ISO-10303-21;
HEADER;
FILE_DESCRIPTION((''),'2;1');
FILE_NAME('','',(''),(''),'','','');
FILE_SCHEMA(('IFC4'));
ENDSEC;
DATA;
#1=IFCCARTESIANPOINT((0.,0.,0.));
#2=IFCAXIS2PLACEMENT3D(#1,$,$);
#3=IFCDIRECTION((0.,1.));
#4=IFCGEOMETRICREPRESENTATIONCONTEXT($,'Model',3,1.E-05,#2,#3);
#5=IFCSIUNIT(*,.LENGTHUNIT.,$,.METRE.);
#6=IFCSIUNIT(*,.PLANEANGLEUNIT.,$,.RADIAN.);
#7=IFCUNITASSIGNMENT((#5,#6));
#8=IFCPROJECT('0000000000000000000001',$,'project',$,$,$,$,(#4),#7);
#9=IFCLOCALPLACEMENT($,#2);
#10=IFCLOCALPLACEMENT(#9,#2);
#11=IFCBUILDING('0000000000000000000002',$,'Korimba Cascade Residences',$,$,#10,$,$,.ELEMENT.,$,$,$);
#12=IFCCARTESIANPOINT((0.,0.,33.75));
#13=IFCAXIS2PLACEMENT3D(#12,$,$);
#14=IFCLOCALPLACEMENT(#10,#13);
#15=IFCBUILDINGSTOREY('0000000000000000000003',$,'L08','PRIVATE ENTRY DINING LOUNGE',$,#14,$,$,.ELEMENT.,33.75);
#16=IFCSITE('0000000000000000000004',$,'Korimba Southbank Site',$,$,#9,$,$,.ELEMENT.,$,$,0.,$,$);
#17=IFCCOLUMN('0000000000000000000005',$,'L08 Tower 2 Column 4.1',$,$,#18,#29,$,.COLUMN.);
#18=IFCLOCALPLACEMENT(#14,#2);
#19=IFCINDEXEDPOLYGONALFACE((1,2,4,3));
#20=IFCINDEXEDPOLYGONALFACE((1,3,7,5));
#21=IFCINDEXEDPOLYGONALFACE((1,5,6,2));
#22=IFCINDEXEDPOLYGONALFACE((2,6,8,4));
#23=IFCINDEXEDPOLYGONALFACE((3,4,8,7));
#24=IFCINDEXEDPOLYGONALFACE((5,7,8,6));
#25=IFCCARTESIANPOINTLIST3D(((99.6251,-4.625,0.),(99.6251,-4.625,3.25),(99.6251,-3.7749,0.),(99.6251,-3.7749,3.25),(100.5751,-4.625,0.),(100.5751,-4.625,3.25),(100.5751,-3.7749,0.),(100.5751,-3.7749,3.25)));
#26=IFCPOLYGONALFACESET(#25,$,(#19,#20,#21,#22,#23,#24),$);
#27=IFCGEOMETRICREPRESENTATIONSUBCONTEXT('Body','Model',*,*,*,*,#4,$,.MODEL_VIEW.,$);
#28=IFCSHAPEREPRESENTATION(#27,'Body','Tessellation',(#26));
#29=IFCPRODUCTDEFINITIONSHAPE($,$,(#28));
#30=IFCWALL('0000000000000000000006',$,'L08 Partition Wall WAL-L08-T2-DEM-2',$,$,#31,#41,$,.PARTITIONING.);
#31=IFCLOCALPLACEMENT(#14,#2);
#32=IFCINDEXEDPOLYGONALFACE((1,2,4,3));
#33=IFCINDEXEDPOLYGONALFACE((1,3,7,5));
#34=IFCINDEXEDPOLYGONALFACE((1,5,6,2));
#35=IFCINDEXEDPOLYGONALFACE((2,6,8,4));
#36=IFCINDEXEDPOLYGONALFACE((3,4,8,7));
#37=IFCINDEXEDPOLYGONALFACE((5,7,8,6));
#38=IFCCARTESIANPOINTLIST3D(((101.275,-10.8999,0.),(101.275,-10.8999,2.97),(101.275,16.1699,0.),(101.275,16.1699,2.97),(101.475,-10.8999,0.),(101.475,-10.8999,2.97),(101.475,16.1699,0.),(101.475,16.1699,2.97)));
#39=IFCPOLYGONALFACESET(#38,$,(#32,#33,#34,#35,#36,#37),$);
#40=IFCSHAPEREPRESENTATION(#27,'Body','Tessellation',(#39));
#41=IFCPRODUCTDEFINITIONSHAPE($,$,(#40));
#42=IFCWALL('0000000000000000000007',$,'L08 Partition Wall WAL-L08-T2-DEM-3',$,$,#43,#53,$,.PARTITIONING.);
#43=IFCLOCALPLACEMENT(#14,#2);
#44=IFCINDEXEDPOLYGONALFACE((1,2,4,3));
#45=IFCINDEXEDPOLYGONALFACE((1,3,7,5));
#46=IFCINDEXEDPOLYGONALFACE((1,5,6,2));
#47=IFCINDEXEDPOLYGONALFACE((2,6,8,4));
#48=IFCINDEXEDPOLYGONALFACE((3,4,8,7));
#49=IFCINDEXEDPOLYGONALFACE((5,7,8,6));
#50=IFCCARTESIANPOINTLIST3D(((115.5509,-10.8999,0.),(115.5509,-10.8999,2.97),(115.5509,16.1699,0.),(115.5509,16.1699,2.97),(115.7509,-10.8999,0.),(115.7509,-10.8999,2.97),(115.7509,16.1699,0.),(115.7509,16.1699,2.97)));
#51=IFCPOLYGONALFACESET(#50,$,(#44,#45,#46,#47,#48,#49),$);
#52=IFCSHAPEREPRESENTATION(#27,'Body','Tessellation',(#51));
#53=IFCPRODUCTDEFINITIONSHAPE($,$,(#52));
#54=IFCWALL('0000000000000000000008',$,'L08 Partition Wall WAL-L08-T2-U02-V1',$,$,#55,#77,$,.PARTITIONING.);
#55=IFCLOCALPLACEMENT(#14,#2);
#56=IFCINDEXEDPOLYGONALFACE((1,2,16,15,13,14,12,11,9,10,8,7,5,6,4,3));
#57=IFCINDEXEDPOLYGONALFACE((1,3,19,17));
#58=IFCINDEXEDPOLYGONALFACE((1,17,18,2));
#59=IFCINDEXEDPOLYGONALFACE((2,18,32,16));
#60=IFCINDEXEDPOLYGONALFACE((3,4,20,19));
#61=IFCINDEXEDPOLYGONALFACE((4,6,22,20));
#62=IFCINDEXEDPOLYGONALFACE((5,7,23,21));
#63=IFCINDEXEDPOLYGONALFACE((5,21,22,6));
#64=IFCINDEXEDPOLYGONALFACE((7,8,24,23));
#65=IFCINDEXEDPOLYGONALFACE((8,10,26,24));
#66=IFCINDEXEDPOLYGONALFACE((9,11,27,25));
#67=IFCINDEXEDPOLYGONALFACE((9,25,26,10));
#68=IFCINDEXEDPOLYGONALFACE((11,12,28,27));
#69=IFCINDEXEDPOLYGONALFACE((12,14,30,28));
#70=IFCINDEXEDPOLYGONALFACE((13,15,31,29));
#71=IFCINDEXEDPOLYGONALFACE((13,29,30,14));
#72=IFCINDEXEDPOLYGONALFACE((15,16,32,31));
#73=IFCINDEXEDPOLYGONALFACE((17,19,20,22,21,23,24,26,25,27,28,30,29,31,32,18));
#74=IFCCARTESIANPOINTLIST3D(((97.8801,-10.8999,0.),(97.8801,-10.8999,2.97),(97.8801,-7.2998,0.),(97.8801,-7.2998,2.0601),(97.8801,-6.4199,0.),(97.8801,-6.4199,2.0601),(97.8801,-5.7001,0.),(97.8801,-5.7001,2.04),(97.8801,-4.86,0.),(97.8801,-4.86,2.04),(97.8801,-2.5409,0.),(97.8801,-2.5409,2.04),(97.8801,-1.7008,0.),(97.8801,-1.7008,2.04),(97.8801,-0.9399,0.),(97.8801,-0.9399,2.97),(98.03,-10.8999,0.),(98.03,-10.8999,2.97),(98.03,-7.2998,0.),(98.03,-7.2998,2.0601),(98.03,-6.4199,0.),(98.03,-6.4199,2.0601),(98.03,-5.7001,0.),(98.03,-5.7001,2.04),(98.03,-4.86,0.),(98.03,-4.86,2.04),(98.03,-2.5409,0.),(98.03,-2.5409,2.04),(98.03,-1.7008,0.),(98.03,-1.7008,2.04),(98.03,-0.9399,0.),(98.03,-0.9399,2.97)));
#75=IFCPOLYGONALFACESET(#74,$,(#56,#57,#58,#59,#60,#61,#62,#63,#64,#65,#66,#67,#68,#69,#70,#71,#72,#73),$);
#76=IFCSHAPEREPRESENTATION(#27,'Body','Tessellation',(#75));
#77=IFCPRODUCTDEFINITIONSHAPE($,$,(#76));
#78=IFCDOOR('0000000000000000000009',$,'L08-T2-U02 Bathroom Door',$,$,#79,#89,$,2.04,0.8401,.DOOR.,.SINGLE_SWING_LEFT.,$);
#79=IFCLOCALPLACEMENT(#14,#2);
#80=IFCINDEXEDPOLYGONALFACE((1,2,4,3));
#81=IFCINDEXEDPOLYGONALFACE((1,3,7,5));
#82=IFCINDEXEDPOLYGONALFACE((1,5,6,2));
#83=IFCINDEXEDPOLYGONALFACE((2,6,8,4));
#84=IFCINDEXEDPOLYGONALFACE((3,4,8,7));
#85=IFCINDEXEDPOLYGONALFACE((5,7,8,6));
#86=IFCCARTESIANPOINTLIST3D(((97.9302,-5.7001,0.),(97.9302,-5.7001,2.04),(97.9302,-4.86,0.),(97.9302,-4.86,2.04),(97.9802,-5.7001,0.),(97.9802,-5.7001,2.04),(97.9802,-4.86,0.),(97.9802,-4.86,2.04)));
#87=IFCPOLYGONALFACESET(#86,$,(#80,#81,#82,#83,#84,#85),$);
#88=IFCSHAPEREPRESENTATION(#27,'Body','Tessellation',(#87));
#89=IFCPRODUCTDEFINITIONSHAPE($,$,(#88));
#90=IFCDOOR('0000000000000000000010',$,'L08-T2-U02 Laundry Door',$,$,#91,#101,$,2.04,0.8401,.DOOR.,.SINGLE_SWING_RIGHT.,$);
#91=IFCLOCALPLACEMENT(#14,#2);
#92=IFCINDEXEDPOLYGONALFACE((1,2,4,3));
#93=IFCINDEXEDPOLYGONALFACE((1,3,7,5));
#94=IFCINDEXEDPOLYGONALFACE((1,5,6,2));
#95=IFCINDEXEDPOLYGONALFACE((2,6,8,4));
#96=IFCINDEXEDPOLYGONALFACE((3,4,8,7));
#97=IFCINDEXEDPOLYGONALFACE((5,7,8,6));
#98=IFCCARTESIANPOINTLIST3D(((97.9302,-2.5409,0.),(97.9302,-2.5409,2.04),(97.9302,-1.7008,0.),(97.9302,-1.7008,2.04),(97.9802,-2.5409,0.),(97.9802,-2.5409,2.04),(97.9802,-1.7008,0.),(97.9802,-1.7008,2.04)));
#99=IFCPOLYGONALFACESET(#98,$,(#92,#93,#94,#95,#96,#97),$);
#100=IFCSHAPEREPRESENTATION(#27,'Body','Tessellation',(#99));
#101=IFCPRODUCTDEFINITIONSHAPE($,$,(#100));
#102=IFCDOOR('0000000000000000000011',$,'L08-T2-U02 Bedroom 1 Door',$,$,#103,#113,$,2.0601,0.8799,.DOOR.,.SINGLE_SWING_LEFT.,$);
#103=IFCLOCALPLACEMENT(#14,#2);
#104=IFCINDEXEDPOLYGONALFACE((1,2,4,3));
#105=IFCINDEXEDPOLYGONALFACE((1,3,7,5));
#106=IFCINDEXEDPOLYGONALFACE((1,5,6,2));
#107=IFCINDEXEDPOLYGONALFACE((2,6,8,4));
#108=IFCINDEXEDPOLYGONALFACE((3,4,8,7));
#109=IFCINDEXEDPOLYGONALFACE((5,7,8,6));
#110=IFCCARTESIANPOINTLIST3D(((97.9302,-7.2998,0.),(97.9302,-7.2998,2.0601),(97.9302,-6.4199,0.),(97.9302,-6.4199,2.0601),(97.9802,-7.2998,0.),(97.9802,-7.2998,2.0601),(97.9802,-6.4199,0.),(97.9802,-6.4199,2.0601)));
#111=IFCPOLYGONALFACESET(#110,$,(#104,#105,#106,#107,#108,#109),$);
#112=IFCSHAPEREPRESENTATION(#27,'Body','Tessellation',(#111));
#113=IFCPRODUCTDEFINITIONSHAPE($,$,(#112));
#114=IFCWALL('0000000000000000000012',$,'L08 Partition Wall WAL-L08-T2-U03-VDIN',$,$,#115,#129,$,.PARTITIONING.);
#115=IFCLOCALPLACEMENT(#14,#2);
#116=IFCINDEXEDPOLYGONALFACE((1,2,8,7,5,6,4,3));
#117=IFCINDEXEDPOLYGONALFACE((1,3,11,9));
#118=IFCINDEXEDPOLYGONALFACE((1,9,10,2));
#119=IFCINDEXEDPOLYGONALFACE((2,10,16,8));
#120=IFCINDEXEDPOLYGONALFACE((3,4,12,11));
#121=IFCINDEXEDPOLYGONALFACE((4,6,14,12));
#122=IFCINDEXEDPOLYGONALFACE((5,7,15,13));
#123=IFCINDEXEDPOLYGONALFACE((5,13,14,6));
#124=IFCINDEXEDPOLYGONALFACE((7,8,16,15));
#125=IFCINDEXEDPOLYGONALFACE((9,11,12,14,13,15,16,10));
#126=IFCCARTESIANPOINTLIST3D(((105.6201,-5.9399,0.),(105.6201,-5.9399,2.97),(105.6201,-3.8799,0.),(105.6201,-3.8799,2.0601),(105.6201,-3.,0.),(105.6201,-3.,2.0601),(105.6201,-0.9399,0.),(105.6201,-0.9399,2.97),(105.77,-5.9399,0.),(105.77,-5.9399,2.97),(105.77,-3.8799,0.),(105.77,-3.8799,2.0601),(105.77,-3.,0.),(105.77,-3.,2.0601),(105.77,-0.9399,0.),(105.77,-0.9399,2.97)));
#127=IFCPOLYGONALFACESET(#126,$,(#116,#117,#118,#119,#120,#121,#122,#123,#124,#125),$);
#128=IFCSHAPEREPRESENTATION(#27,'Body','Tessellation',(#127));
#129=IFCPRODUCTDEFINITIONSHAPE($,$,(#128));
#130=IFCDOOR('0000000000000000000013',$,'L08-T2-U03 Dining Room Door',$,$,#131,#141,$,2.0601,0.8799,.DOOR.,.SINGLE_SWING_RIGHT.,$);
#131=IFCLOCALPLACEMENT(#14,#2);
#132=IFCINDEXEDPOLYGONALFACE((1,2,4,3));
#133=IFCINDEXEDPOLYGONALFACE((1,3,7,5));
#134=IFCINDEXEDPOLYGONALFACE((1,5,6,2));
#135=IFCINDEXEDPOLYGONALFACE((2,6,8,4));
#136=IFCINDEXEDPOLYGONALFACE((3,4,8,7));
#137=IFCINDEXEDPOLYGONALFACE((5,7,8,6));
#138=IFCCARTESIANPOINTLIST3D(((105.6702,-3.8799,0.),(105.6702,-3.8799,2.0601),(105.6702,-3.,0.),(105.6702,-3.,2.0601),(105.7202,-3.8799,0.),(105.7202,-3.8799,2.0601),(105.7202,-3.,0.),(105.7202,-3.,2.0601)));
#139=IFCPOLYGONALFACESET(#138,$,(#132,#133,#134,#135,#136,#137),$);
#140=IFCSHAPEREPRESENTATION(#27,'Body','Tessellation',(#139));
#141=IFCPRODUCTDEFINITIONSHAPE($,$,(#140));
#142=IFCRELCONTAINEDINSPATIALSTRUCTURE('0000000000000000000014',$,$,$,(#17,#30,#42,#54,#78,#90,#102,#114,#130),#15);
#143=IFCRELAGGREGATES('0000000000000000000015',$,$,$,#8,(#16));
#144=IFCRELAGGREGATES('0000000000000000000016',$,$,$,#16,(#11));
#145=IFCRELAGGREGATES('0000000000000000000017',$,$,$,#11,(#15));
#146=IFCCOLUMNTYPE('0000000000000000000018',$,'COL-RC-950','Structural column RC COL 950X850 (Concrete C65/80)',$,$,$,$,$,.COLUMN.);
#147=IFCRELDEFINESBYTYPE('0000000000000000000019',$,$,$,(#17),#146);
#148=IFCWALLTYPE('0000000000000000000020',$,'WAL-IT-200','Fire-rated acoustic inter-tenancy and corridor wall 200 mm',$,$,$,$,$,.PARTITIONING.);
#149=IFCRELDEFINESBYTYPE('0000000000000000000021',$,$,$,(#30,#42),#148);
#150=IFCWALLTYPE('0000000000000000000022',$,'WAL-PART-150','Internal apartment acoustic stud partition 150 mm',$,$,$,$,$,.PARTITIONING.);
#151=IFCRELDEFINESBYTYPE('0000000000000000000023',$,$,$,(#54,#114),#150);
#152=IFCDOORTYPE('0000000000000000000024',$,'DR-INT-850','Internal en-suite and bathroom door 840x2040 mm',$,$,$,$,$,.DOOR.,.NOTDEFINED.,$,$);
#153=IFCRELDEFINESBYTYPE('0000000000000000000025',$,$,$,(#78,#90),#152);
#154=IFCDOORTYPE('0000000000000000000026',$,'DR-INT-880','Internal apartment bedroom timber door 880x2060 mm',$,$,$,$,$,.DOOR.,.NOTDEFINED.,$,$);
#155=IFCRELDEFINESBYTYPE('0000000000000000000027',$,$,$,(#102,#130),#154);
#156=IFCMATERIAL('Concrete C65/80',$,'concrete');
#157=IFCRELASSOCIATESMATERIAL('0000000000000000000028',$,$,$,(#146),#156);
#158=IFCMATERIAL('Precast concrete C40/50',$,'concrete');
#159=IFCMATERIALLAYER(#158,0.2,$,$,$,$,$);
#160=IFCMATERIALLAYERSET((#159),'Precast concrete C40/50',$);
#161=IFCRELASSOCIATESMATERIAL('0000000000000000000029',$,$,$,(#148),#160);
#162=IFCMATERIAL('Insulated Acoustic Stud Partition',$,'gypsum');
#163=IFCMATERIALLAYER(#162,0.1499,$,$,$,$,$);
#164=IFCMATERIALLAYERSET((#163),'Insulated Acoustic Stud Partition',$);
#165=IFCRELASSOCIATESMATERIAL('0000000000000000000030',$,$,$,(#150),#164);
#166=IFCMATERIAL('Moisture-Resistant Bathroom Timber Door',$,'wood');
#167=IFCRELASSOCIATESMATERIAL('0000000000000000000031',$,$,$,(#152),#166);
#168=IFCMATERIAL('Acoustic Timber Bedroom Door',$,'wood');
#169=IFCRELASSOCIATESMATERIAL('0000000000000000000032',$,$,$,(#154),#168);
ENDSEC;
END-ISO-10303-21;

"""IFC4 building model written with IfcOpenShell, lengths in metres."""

from ifc_helpers import new_model, si_unit, direction, frame, frame_2d, origin, origin_2d, place, context, subcontext, project, spatial, rectangle, extrude, material, layer, layer_set, material_profile, profile_set, type_object, element, fill, save


model = new_model("IFC4")

# Units and contexts
model_context = context("Model", 3, precision=1e-05, world=origin(), true_north=direction((0.0, 1.0)))
body_context = subcontext(model_context, "Body", "Model", "MODEL_VIEW")
ifc_project = project(units=[si_unit("LENGTHUNIT", "METRE"), si_unit("PLANEANGLEUNIT", "RADIAN")], contexts=[model_context])

# Site, building, storey
site_placement = place(None, origin())
site = spatial("IfcSite", under=ifc_project, at=site_placement, Name="Korimba Southbank Site", CompositionType="ELEMENT", RefElevation=0.0)
building_placement = place(site_placement, origin())
building = spatial("IfcBuilding", under=site, at=building_placement, Name="Korimba Cascade Residences", CompositionType="ELEMENT")
storey_placement = place(building_placement, frame((0.0, 0.0, 33.75)))
storey = spatial("IfcBuildingStorey", under=building, at=storey_placement, Name="L08", Description="PRIVATE ENTRY DINING LOUNGE", CompositionType="ELEMENT", Elevation=33.75)

# Column
ifc_material_1 = material(Name="Concrete C65/80", Category="concrete")
ifc_material_profile = material_profile(ifc_material_1, rectangle(XDim=0.95, YDim=0.8501, at=origin_2d()), Name="Concrete C65/80")
ifc_profile_set = profile_set([ifc_material_profile], Name="Concrete C65/80")
column_type = type_object("IfcColumnType", Name="COL-RC-950", Description="Structural column RC COL 950X850 (Concrete C65/80)", PredefinedType="COLUMN", material=ifc_profile_set)
column_placement = place(storey_placement, frame((100.1001, -4.2, 0.0), z_axis=(0.0, 0.0, 1.0), x_axis=(1.0, 0.0, 0.0)))
element("IfcColumn", 1, at=column_placement, inside=storey, type_object=column_type, Name="L08 Tower 2 Column 4.1", PredefinedType="COLUMN", context=body_context, shape_type="SweptSolid", body=[
    extrude(rectangle(XDim=0.95, YDim=0.8501, at=origin_2d()), origin(), (0.0, 0.0, 1.0), 3.25),
])

# Walls
ifc_material_2 = material(Name="Precast concrete C40/50", Category="concrete")
ifc_layer_1 = layer(ifc_material_2, 0.2)
ifc_layer_set_1 = layer_set([ifc_layer_1], Name="Precast concrete C40/50")
wall_type_1 = type_object("IfcWallType", Name="WAL-IT-200", Description="Fire-rated acoustic inter-tenancy and corridor wall 200 mm", PredefinedType="PARTITIONING", material=ifc_layer_set_1)
for number, where, z_axis, x_axis, name in (
    (2, (101.375, -10.8999, 0.0), (0.0, 0.0, 1.0), (0.0, 1.0, 0.0), "L08 Partition Wall WAL-L08-T2-DEM-2"),
    (3, (115.6509, -10.8999, 0.0), (0.0, 0.0, 1.0), (0.0, 1.0, 0.0), "L08 Partition Wall WAL-L08-T2-DEM-3"),
):
    element("IfcWall", number, at=place(storey_placement, frame(where, z_axis=z_axis, x_axis=x_axis)), inside=storey, type_object=wall_type_1, Name=name, PredefinedType="PARTITIONING", context=body_context, shape_type="SweptSolid", body=[
        extrude(rectangle(XDim=27.0698, YDim=0.2, at=frame_2d((13.5349, 0.0))), origin(), (0.0, 0.0, 1.0), 2.97),
    ])

# Wall, openings, doors
ifc_material_3 = material(Name="Insulated Acoustic Stud Partition", Category="gypsum")
ifc_layer_2 = layer(ifc_material_3, 0.1499)
ifc_layer_set_2 = layer_set([ifc_layer_2], Name="Insulated Acoustic Stud Partition")
wall_type_2 = type_object("IfcWallType", Name="WAL-PART-150", Description="Internal apartment acoustic stud partition 150 mm", PredefinedType="PARTITIONING", material=ifc_layer_set_2)
wall_1_placement = place(storey_placement, frame((97.9551, -10.8999, 0.0), z_axis=(0.0, 0.0, 1.0), x_axis=(0.0, 1.0, 0.0)))
wall_1 = element("IfcWall", 4, at=wall_1_placement, inside=storey, type_object=wall_type_2, Name="L08 Partition Wall WAL-L08-T2-U02-V1", PredefinedType="PARTITIONING", context=body_context, shape_type="SweptSolid", body=[
    extrude(rectangle(XDim=9.96, YDim=0.1499, at=frame_2d((4.98, 0.0))), origin(), (0.0, 0.0, 1.0), 2.97),
])
opening_1_placement = place(wall_1_placement, frame((5.2, 0.0, 0.0)))
opening_1 = element("IfcOpeningElement", 5, at=opening_1_placement, cuts=wall_1, PredefinedType="OPENING", context=body_context, shape_type="SweptSolid", body=[
    extrude(rectangle(XDim=0.8401, YDim=2.04, at=frame_2d((0.4199, 1.02))), frame((0.0, 0.085, 0.0), z_axis=(0.0, -1.0, 0.0), x_axis=(1.0, 0.0, 0.0)), (0.0, 0.0, 1.0), 0.1699),
])
opening_2_placement = place(wall_1_placement, frame((8.3591, 0.0, 0.0)))
opening_2 = element("IfcOpeningElement", 6, at=opening_2_placement, cuts=wall_1, PredefinedType="OPENING", context=body_context, shape_type="SweptSolid", body=[
    extrude(rectangle(XDim=0.8401, YDim=2.04, at=frame_2d((0.4199, 1.02))), frame((0.0, 0.085, 0.0), z_axis=(0.0, -1.0, 0.0), x_axis=(1.0, 0.0, 0.0)), (0.0, 0.0, 1.0), 0.1699),
])
opening_3_placement = place(wall_1_placement, frame((3.6001, 0.0, 0.0)))
opening_3 = element("IfcOpeningElement", 7, at=opening_3_placement, cuts=wall_1, PredefinedType="OPENING", context=body_context, shape_type="SweptSolid", body=[
    extrude(rectangle(XDim=0.8799, YDim=2.0601, at=frame_2d((0.4399, 1.03))), frame((0.0, 0.085, 0.0), z_axis=(0.0, -1.0, 0.0), x_axis=(1.0, 0.0, 0.0)), (0.0, 0.0, 1.0), 0.1699),
])
ifc_material_4 = material(Name="Moisture-Resistant Bathroom Timber Door", Category="wood")
door_type_1 = type_object("IfcDoorType", Name="DR-INT-850", Description="Internal en-suite and bathroom door 840x2040 mm", OperationType="NOTDEFINED", PredefinedType="DOOR", material=ifc_material_4)
door_1_placement = place(opening_1_placement, origin())
door_1 = element("IfcDoor", 8, at=door_1_placement, inside=storey, type_object=door_type_1, Name="L08-T2-U02 Bathroom Door", OperationType="SINGLE_SWING_LEFT", OverallHeight=2.04, OverallWidth=0.8401, PredefinedType="DOOR", context=body_context, shape_type="SweptSolid", body=[
    extrude(rectangle(XDim=0.8401, YDim=2.04, at=frame_2d((0.4199, 1.02))), frame((0.0, 0.0249, 0.0), z_axis=(0.0, -1.0, 0.0), x_axis=(1.0, 0.0, 0.0)), (0.0, 0.0, 1.0), 0.05),
])
fill(opening_1, door_1)
door_2_placement = place(opening_2_placement, origin())
door_2 = element("IfcDoor", 9, at=door_2_placement, inside=storey, type_object=door_type_1, Name="L08-T2-U02 Laundry Door", OperationType="SINGLE_SWING_RIGHT", OverallHeight=2.04, OverallWidth=0.8401, PredefinedType="DOOR", context=body_context, shape_type="SweptSolid", body=[
    extrude(rectangle(XDim=0.8401, YDim=2.04, at=frame_2d((0.4199, 1.02))), frame((0.0, 0.0249, 0.0), z_axis=(0.0, -1.0, 0.0), x_axis=(1.0, 0.0, 0.0)), (0.0, 0.0, 1.0), 0.05),
])
fill(opening_2, door_2)
ifc_material_5 = material(Name="Acoustic Timber Bedroom Door", Category="wood")
door_type_2 = type_object("IfcDoorType", Name="DR-INT-880", Description="Internal apartment bedroom timber door 880x2060 mm", OperationType="NOTDEFINED", PredefinedType="DOOR", material=ifc_material_5)
door_3_placement = place(opening_3_placement, origin())
door_3 = element("IfcDoor", 10, at=door_3_placement, inside=storey, type_object=door_type_2, Name="L08-T2-U02 Bedroom 1 Door", OperationType="SINGLE_SWING_LEFT", OverallHeight=2.0601, OverallWidth=0.8799, PredefinedType="DOOR", context=body_context, shape_type="SweptSolid", body=[
    extrude(rectangle(XDim=0.8799, YDim=2.0601, at=frame_2d((0.4399, 1.03))), frame((0.0, 0.0249, 0.0), z_axis=(0.0, -1.0, 0.0), x_axis=(1.0, 0.0, 0.0)), (0.0, 0.0, 1.0), 0.05),
])
fill(opening_3, door_3)

# Wall, opening, door
wall_2_placement = place(storey_placement, frame((105.6951, -5.9399, 0.0), z_axis=(0.0, 0.0, 1.0), x_axis=(0.0, 1.0, 0.0)))
wall_2 = element("IfcWall", 11, at=wall_2_placement, inside=storey, type_object=wall_type_2, Name="L08 Partition Wall WAL-L08-T2-U03-VDIN", PredefinedType="PARTITIONING", context=body_context, shape_type="SweptSolid", body=[
    extrude(rectangle(XDim=5.0, YDim=0.1499, at=frame_2d((2.5, 0.0))), origin(), (0.0, 0.0, 1.0), 2.97),
])
opening_4_placement = place(wall_2_placement, frame((2.0601, 0.0, 0.0)))
opening_4 = element("IfcOpeningElement", 12, at=opening_4_placement, cuts=wall_2, PredefinedType="OPENING", context=body_context, shape_type="SweptSolid", body=[
    extrude(rectangle(XDim=0.8799, YDim=2.0601, at=frame_2d((0.4399, 1.03))), frame((0.0, 0.085, 0.0), z_axis=(0.0, -1.0, 0.0), x_axis=(1.0, 0.0, 0.0)), (0.0, 0.0, 1.0), 0.1699),
])
door_4_placement = place(opening_4_placement, origin())
door_4 = element("IfcDoor", 13, at=door_4_placement, inside=storey, type_object=door_type_2, Name="L08-T2-U03 Dining Room Door", OperationType="SINGLE_SWING_RIGHT", OverallHeight=2.0601, OverallWidth=0.8799, PredefinedType="DOOR", context=body_context, shape_type="SweptSolid", body=[
    extrude(rectangle(XDim=0.8799, YDim=2.0601, at=frame_2d((0.4399, 1.03))), frame((0.0, 0.0249, 0.0), z_axis=(0.0, -1.0, 0.0), x_axis=(1.0, 0.0, 0.0)), (0.0, 0.0, 1.0), 0.05),
])
fill(opening_4, door_4)

save(model, "model.ifc")
